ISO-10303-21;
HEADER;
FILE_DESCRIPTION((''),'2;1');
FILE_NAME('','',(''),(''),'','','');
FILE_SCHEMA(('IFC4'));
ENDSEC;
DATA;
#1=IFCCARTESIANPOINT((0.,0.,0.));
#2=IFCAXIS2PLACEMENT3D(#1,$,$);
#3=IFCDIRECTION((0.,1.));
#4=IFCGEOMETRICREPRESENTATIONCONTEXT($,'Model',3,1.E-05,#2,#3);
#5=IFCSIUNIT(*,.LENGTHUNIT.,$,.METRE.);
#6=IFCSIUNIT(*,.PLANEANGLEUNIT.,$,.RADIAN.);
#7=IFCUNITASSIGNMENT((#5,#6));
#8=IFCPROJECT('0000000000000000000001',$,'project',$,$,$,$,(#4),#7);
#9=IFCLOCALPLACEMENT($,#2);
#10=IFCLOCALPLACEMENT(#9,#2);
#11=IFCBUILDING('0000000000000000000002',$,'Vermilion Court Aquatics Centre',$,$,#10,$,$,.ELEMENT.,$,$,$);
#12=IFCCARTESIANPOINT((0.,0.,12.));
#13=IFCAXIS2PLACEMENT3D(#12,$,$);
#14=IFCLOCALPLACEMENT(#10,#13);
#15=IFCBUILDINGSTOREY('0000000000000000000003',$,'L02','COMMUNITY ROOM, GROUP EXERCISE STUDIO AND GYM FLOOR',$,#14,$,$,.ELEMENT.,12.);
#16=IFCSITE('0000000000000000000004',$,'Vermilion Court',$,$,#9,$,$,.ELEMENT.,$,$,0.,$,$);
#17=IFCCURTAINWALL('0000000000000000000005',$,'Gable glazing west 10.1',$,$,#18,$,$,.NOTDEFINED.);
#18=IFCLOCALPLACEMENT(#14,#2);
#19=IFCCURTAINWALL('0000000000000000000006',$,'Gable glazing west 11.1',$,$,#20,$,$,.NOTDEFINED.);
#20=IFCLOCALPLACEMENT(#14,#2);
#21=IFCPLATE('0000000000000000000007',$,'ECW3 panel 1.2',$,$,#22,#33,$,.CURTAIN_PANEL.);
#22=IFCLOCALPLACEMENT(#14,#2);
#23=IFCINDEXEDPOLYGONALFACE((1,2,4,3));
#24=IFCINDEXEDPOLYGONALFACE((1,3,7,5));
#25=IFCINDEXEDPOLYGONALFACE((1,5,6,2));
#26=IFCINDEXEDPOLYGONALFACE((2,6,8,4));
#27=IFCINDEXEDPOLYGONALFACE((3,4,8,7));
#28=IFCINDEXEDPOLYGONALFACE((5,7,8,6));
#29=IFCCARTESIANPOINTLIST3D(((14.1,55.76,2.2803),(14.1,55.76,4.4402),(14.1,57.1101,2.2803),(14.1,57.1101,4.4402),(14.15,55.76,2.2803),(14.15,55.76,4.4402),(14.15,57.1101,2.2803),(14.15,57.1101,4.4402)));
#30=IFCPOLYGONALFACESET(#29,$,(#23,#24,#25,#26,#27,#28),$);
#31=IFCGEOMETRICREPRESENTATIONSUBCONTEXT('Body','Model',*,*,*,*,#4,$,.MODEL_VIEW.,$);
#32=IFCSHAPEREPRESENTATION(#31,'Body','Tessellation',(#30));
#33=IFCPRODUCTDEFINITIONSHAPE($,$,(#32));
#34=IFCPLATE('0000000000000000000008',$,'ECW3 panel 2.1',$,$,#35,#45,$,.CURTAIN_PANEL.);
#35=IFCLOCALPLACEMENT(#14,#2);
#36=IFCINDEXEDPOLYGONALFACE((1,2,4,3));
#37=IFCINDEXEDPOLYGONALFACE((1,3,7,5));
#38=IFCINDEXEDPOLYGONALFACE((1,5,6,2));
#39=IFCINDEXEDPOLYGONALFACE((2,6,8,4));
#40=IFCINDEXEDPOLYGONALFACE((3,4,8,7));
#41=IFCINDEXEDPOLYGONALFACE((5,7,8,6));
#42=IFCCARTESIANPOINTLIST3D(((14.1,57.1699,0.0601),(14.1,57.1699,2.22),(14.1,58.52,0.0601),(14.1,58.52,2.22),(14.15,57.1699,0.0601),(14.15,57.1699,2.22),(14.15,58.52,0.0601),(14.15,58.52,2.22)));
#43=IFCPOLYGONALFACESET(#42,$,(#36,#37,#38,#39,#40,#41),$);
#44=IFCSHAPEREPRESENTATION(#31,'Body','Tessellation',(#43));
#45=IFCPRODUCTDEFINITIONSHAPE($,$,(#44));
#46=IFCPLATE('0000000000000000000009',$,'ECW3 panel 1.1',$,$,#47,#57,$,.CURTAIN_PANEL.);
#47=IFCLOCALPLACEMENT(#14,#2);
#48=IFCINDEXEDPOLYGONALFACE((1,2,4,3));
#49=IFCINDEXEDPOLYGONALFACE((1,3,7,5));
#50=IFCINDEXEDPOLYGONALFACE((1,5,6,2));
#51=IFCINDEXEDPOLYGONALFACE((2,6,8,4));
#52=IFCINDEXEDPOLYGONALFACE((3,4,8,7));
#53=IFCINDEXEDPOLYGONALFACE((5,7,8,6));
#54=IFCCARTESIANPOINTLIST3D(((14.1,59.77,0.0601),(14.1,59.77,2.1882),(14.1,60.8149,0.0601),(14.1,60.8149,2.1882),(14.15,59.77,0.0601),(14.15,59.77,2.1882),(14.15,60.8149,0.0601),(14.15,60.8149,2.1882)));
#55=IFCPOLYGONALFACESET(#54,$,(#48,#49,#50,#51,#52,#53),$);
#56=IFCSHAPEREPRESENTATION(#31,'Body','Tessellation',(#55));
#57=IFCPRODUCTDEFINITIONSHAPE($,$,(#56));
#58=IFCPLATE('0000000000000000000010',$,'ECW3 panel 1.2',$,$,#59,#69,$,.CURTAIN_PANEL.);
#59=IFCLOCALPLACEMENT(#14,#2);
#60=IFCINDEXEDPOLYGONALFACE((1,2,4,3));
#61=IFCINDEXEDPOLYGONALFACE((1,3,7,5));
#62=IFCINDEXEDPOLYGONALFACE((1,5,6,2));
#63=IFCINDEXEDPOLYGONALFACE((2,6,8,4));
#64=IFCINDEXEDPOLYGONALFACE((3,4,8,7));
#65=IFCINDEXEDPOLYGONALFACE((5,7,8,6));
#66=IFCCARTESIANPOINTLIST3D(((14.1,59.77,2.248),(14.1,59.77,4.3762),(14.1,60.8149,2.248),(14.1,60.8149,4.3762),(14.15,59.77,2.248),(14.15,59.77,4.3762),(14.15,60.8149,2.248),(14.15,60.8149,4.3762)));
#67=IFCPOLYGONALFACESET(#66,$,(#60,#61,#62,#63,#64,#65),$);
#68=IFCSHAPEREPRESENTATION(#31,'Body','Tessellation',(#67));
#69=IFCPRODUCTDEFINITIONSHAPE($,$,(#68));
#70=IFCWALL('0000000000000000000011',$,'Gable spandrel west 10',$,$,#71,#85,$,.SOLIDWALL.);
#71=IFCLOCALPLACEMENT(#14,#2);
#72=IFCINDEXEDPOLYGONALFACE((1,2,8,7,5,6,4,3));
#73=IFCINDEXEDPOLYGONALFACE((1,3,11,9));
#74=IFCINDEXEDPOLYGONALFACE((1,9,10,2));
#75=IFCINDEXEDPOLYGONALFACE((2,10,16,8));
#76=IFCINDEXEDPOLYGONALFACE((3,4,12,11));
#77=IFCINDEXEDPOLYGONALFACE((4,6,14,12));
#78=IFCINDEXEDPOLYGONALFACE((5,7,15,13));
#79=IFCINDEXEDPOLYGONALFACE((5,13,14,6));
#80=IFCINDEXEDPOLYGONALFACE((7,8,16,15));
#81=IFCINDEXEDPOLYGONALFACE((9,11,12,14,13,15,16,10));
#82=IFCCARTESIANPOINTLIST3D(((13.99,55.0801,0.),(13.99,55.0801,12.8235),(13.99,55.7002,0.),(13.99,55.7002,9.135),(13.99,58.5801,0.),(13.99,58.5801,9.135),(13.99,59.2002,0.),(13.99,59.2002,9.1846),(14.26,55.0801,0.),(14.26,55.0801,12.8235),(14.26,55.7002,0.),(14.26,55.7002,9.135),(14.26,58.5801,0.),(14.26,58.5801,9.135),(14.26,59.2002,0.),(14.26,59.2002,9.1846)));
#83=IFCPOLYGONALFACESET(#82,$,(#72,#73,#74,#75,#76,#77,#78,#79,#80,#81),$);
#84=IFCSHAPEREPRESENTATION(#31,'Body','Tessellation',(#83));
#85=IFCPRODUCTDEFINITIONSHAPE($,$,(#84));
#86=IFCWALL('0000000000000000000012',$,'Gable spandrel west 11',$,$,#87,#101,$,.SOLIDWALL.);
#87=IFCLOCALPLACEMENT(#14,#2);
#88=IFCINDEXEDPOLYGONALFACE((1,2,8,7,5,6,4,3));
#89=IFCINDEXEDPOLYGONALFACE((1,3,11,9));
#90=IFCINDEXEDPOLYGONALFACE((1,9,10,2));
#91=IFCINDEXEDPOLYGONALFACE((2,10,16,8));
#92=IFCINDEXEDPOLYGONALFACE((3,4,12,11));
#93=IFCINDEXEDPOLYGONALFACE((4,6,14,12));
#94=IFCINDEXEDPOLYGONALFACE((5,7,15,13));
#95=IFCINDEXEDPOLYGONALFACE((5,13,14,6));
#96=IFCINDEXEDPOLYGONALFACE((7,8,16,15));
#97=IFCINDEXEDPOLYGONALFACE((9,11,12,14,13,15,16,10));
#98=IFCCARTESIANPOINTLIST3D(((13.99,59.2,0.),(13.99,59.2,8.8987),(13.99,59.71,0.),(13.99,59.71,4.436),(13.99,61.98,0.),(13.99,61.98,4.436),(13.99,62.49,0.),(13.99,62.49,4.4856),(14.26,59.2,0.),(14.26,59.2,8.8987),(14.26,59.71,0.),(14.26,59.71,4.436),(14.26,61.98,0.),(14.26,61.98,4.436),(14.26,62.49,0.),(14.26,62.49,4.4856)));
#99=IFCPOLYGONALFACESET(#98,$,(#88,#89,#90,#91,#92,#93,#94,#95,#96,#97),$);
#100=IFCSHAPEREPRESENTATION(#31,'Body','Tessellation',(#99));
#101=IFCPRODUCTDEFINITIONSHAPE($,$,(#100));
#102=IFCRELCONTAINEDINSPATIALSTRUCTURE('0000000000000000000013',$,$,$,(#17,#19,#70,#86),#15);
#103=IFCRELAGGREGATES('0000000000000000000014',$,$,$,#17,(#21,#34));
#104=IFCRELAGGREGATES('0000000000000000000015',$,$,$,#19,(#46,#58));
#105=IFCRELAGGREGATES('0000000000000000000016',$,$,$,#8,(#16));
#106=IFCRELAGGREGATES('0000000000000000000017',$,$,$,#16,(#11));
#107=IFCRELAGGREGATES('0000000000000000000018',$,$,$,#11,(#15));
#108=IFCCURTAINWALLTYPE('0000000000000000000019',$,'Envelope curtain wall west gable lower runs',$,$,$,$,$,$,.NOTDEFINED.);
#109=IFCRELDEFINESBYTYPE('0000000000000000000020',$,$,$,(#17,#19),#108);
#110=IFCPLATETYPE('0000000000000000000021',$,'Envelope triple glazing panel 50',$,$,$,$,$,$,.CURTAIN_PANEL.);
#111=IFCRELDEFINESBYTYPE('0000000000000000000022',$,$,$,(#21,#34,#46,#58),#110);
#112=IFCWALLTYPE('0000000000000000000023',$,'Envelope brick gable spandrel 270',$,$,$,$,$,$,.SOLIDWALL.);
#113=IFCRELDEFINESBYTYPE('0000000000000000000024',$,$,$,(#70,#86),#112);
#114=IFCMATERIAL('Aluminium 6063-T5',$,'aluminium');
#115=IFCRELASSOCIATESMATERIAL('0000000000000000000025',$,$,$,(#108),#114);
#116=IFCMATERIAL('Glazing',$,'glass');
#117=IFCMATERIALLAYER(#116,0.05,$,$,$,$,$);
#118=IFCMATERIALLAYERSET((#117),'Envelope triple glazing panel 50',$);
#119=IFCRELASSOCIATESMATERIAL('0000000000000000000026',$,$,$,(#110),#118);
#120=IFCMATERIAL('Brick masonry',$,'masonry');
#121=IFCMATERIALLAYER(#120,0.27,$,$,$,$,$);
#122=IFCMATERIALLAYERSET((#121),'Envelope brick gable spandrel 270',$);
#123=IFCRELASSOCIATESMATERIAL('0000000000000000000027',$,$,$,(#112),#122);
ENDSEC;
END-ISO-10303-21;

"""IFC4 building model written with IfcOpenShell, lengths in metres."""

from ifc_helpers import new_model, si_unit, direction, frame, origin, origin_2d, place, context, subcontext, project, spatial, polyline, rectangle, outline, extrude, material, layer, layer_set, type_object, element, aggregate, save


model = new_model("IFC4")

# Units and contexts
model_context = context("Model", 3, precision=1e-05, world=origin(), true_north=direction((0.0, 1.0)))
body_context = subcontext(model_context, "Body", "Model", "MODEL_VIEW")
ifc_project = project(units=[si_unit("LENGTHUNIT", "METRE"), si_unit("PLANEANGLEUNIT", "RADIAN")], contexts=[model_context])

# Site, building, storey
site_placement = place(None, origin())
site = spatial("IfcSite", under=ifc_project, at=site_placement, Name="Vermilion Court", CompositionType="ELEMENT", RefElevation=0.0)
building_placement = place(site_placement, origin())
building = spatial("IfcBuilding", under=site, at=building_placement, Name="Vermilion Court Aquatics Centre", CompositionType="ELEMENT")
storey_placement = place(building_placement, frame((0.0, 0.0, 12.0)))
storey = spatial("IfcBuildingStorey", under=building, at=storey_placement, Name="L02", Description="COMMUNITY ROOM, GROUP EXERCISE STUDIO AND GYM FLOOR", CompositionType="ELEMENT", Elevation=12.0)

# Curtain walls
ifc_material_1 = material(Name="Aluminium 6063-T5", Category="aluminium")
curtain_wall_type = type_object("IfcCurtainWallType", Name="Envelope curtain wall west gable lower runs", PredefinedType="NOTDEFINED", material=ifc_material_1)
curtain_wall_1_placement = place(storey_placement, origin())
curtain_wall_1 = element("IfcCurtainWall", 1, at=curtain_wall_1_placement, inside=storey, type_object=curtain_wall_type, Name="Gable glazing west 10.1", PredefinedType="NOTDEFINED")
curtain_wall_2_placement = place(storey_placement, origin())
curtain_wall_2 = element("IfcCurtainWall", 2, at=curtain_wall_2_placement, inside=storey, type_object=curtain_wall_type, Name="Gable glazing west 11.1", PredefinedType="NOTDEFINED")

# Plates
ifc_material_2 = material(Name="Glazing", Category="glass")
ifc_layer_1 = layer(ifc_material_2, 0.05)
ifc_layer_set_1 = layer_set([ifc_layer_1], Name="Envelope triple glazing panel 50")
plate_type = type_object("IfcPlateType", Name="Envelope triple glazing panel 50", PredefinedType="CURTAIN_PANEL", material=ifc_layer_set_1)
plate_1_placement = place(storey_placement, frame((14.125, 56.4351, 2.2803), z_axis=(0.0, 0.0, 1.0), x_axis=(0.0, 1.0, 0.0)))
plate_1 = element("IfcPlate", 3, at=plate_1_placement, type_object=plate_type, Name="ECW3 panel 1.2", PredefinedType="CURTAIN_PANEL", context=body_context, shape_type="SweptSolid", body=[
    extrude(rectangle(XDim=1.3501, YDim=0.05, at=origin_2d()), origin(), (0.0, 0.0, 1.0), 2.1599),
])
plate_2_placement = place(storey_placement, frame((14.125, 57.845, 0.0601), z_axis=(0.0, 0.0, 1.0), x_axis=(0.0, 1.0, 0.0)))
plate_2 = element("IfcPlate", 4, at=plate_2_placement, type_object=plate_type, Name="ECW3 panel 2.1", PredefinedType="CURTAIN_PANEL", context=body_context, shape_type="SweptSolid", body=[
    extrude(rectangle(XDim=1.3501, YDim=0.05, at=origin_2d()), origin(), (0.0, 0.0, 1.0), 2.1599),
])
aggregate(curtain_wall_1, [plate_1, plate_2])
plate_3_placement = place(storey_placement, frame((14.125, 60.2925, 0.0601), z_axis=(0.0, 0.0, 1.0), x_axis=(0.0, 1.0, 0.0)))
plate_3 = element("IfcPlate", 5, at=plate_3_placement, type_object=plate_type, Name="ECW3 panel 1.1", PredefinedType="CURTAIN_PANEL", context=body_context, shape_type="SweptSolid", body=[
    extrude(rectangle(XDim=1.0449, YDim=0.05, at=origin_2d()), origin(), (0.0, 0.0, 1.0), 2.1282),
])
plate_4_placement = place(storey_placement, frame((14.125, 60.2925, 2.248), z_axis=(0.0, 0.0, 1.0), x_axis=(0.0, 1.0, 0.0)))
plate_4 = element("IfcPlate", 6, at=plate_4_placement, type_object=plate_type, Name="ECW3 panel 1.2", PredefinedType="CURTAIN_PANEL", context=body_context, shape_type="SweptSolid", body=[
    extrude(rectangle(XDim=1.0449, YDim=0.05, at=origin_2d()), origin(), (0.0, 0.0, 1.0), 2.1282),
])
aggregate(curtain_wall_2, [plate_3, plate_4])

# Walls
ifc_material_3 = material(Name="Brick masonry", Category="masonry")
ifc_layer_2 = layer(ifc_material_3, 0.27)
ifc_layer_set_2 = layer_set([ifc_layer_2], Name="Envelope brick gable spandrel 270")
wall_type = type_object("IfcWallType", Name="Envelope brick gable spandrel 270", PredefinedType="SOLIDWALL", material=ifc_layer_set_2)
wall_1_placement = place(storey_placement, frame((14.125, 55.0801, 0.0), z_axis=(0.0, 0.0, 1.0), x_axis=(0.0, 1.0, 0.0)))
element("IfcWall", 7, at=wall_1_placement, inside=storey, type_object=wall_type, Name="Gable spandrel west 10", PredefinedType="SOLIDWALL", context=body_context, shape_type="SweptSolid", body=[
    extrude(outline(polyline([(0.0, 0.0), (0.6201, 0.0), (0.6201, 9.135), (3.5, 9.135), (3.5, 0.0), (4.1201, 0.0), (4.1201, 9.1846), (0.0, 12.8235), (0.0, 0.0)])), frame((0.0, 0.135, 0.0), z_axis=(0.0, -1.0, 0.0), x_axis=(1.0, 0.0, 0.0)), (0.0, 0.0, 1.0), 0.27),
])
wall_2_placement = place(storey_placement, frame((14.125, 59.2, 0.0), z_axis=(0.0, 0.0, 1.0), x_axis=(0.0, 1.0, 0.0)))
element("IfcWall", 8, at=wall_2_placement, inside=storey, type_object=wall_type, Name="Gable spandrel west 11", PredefinedType="SOLIDWALL", context=body_context, shape_type="SweptSolid", body=[
    extrude(outline(polyline([(0.0, 0.0), (0.51, 0.0), (0.51, 4.436), (2.78, 4.436), (2.78, 0.0), (3.29, 0.0), (3.29, 4.4856), (0.0, 8.8987), (0.0, 0.0)])), frame((0.0, 0.135, 0.0), z_axis=(0.0, -1.0, 0.0), x_axis=(1.0, 0.0, 0.0)), (0.0, 0.0, 1.0), 0.27),
])

save(model, "model.ifc")
